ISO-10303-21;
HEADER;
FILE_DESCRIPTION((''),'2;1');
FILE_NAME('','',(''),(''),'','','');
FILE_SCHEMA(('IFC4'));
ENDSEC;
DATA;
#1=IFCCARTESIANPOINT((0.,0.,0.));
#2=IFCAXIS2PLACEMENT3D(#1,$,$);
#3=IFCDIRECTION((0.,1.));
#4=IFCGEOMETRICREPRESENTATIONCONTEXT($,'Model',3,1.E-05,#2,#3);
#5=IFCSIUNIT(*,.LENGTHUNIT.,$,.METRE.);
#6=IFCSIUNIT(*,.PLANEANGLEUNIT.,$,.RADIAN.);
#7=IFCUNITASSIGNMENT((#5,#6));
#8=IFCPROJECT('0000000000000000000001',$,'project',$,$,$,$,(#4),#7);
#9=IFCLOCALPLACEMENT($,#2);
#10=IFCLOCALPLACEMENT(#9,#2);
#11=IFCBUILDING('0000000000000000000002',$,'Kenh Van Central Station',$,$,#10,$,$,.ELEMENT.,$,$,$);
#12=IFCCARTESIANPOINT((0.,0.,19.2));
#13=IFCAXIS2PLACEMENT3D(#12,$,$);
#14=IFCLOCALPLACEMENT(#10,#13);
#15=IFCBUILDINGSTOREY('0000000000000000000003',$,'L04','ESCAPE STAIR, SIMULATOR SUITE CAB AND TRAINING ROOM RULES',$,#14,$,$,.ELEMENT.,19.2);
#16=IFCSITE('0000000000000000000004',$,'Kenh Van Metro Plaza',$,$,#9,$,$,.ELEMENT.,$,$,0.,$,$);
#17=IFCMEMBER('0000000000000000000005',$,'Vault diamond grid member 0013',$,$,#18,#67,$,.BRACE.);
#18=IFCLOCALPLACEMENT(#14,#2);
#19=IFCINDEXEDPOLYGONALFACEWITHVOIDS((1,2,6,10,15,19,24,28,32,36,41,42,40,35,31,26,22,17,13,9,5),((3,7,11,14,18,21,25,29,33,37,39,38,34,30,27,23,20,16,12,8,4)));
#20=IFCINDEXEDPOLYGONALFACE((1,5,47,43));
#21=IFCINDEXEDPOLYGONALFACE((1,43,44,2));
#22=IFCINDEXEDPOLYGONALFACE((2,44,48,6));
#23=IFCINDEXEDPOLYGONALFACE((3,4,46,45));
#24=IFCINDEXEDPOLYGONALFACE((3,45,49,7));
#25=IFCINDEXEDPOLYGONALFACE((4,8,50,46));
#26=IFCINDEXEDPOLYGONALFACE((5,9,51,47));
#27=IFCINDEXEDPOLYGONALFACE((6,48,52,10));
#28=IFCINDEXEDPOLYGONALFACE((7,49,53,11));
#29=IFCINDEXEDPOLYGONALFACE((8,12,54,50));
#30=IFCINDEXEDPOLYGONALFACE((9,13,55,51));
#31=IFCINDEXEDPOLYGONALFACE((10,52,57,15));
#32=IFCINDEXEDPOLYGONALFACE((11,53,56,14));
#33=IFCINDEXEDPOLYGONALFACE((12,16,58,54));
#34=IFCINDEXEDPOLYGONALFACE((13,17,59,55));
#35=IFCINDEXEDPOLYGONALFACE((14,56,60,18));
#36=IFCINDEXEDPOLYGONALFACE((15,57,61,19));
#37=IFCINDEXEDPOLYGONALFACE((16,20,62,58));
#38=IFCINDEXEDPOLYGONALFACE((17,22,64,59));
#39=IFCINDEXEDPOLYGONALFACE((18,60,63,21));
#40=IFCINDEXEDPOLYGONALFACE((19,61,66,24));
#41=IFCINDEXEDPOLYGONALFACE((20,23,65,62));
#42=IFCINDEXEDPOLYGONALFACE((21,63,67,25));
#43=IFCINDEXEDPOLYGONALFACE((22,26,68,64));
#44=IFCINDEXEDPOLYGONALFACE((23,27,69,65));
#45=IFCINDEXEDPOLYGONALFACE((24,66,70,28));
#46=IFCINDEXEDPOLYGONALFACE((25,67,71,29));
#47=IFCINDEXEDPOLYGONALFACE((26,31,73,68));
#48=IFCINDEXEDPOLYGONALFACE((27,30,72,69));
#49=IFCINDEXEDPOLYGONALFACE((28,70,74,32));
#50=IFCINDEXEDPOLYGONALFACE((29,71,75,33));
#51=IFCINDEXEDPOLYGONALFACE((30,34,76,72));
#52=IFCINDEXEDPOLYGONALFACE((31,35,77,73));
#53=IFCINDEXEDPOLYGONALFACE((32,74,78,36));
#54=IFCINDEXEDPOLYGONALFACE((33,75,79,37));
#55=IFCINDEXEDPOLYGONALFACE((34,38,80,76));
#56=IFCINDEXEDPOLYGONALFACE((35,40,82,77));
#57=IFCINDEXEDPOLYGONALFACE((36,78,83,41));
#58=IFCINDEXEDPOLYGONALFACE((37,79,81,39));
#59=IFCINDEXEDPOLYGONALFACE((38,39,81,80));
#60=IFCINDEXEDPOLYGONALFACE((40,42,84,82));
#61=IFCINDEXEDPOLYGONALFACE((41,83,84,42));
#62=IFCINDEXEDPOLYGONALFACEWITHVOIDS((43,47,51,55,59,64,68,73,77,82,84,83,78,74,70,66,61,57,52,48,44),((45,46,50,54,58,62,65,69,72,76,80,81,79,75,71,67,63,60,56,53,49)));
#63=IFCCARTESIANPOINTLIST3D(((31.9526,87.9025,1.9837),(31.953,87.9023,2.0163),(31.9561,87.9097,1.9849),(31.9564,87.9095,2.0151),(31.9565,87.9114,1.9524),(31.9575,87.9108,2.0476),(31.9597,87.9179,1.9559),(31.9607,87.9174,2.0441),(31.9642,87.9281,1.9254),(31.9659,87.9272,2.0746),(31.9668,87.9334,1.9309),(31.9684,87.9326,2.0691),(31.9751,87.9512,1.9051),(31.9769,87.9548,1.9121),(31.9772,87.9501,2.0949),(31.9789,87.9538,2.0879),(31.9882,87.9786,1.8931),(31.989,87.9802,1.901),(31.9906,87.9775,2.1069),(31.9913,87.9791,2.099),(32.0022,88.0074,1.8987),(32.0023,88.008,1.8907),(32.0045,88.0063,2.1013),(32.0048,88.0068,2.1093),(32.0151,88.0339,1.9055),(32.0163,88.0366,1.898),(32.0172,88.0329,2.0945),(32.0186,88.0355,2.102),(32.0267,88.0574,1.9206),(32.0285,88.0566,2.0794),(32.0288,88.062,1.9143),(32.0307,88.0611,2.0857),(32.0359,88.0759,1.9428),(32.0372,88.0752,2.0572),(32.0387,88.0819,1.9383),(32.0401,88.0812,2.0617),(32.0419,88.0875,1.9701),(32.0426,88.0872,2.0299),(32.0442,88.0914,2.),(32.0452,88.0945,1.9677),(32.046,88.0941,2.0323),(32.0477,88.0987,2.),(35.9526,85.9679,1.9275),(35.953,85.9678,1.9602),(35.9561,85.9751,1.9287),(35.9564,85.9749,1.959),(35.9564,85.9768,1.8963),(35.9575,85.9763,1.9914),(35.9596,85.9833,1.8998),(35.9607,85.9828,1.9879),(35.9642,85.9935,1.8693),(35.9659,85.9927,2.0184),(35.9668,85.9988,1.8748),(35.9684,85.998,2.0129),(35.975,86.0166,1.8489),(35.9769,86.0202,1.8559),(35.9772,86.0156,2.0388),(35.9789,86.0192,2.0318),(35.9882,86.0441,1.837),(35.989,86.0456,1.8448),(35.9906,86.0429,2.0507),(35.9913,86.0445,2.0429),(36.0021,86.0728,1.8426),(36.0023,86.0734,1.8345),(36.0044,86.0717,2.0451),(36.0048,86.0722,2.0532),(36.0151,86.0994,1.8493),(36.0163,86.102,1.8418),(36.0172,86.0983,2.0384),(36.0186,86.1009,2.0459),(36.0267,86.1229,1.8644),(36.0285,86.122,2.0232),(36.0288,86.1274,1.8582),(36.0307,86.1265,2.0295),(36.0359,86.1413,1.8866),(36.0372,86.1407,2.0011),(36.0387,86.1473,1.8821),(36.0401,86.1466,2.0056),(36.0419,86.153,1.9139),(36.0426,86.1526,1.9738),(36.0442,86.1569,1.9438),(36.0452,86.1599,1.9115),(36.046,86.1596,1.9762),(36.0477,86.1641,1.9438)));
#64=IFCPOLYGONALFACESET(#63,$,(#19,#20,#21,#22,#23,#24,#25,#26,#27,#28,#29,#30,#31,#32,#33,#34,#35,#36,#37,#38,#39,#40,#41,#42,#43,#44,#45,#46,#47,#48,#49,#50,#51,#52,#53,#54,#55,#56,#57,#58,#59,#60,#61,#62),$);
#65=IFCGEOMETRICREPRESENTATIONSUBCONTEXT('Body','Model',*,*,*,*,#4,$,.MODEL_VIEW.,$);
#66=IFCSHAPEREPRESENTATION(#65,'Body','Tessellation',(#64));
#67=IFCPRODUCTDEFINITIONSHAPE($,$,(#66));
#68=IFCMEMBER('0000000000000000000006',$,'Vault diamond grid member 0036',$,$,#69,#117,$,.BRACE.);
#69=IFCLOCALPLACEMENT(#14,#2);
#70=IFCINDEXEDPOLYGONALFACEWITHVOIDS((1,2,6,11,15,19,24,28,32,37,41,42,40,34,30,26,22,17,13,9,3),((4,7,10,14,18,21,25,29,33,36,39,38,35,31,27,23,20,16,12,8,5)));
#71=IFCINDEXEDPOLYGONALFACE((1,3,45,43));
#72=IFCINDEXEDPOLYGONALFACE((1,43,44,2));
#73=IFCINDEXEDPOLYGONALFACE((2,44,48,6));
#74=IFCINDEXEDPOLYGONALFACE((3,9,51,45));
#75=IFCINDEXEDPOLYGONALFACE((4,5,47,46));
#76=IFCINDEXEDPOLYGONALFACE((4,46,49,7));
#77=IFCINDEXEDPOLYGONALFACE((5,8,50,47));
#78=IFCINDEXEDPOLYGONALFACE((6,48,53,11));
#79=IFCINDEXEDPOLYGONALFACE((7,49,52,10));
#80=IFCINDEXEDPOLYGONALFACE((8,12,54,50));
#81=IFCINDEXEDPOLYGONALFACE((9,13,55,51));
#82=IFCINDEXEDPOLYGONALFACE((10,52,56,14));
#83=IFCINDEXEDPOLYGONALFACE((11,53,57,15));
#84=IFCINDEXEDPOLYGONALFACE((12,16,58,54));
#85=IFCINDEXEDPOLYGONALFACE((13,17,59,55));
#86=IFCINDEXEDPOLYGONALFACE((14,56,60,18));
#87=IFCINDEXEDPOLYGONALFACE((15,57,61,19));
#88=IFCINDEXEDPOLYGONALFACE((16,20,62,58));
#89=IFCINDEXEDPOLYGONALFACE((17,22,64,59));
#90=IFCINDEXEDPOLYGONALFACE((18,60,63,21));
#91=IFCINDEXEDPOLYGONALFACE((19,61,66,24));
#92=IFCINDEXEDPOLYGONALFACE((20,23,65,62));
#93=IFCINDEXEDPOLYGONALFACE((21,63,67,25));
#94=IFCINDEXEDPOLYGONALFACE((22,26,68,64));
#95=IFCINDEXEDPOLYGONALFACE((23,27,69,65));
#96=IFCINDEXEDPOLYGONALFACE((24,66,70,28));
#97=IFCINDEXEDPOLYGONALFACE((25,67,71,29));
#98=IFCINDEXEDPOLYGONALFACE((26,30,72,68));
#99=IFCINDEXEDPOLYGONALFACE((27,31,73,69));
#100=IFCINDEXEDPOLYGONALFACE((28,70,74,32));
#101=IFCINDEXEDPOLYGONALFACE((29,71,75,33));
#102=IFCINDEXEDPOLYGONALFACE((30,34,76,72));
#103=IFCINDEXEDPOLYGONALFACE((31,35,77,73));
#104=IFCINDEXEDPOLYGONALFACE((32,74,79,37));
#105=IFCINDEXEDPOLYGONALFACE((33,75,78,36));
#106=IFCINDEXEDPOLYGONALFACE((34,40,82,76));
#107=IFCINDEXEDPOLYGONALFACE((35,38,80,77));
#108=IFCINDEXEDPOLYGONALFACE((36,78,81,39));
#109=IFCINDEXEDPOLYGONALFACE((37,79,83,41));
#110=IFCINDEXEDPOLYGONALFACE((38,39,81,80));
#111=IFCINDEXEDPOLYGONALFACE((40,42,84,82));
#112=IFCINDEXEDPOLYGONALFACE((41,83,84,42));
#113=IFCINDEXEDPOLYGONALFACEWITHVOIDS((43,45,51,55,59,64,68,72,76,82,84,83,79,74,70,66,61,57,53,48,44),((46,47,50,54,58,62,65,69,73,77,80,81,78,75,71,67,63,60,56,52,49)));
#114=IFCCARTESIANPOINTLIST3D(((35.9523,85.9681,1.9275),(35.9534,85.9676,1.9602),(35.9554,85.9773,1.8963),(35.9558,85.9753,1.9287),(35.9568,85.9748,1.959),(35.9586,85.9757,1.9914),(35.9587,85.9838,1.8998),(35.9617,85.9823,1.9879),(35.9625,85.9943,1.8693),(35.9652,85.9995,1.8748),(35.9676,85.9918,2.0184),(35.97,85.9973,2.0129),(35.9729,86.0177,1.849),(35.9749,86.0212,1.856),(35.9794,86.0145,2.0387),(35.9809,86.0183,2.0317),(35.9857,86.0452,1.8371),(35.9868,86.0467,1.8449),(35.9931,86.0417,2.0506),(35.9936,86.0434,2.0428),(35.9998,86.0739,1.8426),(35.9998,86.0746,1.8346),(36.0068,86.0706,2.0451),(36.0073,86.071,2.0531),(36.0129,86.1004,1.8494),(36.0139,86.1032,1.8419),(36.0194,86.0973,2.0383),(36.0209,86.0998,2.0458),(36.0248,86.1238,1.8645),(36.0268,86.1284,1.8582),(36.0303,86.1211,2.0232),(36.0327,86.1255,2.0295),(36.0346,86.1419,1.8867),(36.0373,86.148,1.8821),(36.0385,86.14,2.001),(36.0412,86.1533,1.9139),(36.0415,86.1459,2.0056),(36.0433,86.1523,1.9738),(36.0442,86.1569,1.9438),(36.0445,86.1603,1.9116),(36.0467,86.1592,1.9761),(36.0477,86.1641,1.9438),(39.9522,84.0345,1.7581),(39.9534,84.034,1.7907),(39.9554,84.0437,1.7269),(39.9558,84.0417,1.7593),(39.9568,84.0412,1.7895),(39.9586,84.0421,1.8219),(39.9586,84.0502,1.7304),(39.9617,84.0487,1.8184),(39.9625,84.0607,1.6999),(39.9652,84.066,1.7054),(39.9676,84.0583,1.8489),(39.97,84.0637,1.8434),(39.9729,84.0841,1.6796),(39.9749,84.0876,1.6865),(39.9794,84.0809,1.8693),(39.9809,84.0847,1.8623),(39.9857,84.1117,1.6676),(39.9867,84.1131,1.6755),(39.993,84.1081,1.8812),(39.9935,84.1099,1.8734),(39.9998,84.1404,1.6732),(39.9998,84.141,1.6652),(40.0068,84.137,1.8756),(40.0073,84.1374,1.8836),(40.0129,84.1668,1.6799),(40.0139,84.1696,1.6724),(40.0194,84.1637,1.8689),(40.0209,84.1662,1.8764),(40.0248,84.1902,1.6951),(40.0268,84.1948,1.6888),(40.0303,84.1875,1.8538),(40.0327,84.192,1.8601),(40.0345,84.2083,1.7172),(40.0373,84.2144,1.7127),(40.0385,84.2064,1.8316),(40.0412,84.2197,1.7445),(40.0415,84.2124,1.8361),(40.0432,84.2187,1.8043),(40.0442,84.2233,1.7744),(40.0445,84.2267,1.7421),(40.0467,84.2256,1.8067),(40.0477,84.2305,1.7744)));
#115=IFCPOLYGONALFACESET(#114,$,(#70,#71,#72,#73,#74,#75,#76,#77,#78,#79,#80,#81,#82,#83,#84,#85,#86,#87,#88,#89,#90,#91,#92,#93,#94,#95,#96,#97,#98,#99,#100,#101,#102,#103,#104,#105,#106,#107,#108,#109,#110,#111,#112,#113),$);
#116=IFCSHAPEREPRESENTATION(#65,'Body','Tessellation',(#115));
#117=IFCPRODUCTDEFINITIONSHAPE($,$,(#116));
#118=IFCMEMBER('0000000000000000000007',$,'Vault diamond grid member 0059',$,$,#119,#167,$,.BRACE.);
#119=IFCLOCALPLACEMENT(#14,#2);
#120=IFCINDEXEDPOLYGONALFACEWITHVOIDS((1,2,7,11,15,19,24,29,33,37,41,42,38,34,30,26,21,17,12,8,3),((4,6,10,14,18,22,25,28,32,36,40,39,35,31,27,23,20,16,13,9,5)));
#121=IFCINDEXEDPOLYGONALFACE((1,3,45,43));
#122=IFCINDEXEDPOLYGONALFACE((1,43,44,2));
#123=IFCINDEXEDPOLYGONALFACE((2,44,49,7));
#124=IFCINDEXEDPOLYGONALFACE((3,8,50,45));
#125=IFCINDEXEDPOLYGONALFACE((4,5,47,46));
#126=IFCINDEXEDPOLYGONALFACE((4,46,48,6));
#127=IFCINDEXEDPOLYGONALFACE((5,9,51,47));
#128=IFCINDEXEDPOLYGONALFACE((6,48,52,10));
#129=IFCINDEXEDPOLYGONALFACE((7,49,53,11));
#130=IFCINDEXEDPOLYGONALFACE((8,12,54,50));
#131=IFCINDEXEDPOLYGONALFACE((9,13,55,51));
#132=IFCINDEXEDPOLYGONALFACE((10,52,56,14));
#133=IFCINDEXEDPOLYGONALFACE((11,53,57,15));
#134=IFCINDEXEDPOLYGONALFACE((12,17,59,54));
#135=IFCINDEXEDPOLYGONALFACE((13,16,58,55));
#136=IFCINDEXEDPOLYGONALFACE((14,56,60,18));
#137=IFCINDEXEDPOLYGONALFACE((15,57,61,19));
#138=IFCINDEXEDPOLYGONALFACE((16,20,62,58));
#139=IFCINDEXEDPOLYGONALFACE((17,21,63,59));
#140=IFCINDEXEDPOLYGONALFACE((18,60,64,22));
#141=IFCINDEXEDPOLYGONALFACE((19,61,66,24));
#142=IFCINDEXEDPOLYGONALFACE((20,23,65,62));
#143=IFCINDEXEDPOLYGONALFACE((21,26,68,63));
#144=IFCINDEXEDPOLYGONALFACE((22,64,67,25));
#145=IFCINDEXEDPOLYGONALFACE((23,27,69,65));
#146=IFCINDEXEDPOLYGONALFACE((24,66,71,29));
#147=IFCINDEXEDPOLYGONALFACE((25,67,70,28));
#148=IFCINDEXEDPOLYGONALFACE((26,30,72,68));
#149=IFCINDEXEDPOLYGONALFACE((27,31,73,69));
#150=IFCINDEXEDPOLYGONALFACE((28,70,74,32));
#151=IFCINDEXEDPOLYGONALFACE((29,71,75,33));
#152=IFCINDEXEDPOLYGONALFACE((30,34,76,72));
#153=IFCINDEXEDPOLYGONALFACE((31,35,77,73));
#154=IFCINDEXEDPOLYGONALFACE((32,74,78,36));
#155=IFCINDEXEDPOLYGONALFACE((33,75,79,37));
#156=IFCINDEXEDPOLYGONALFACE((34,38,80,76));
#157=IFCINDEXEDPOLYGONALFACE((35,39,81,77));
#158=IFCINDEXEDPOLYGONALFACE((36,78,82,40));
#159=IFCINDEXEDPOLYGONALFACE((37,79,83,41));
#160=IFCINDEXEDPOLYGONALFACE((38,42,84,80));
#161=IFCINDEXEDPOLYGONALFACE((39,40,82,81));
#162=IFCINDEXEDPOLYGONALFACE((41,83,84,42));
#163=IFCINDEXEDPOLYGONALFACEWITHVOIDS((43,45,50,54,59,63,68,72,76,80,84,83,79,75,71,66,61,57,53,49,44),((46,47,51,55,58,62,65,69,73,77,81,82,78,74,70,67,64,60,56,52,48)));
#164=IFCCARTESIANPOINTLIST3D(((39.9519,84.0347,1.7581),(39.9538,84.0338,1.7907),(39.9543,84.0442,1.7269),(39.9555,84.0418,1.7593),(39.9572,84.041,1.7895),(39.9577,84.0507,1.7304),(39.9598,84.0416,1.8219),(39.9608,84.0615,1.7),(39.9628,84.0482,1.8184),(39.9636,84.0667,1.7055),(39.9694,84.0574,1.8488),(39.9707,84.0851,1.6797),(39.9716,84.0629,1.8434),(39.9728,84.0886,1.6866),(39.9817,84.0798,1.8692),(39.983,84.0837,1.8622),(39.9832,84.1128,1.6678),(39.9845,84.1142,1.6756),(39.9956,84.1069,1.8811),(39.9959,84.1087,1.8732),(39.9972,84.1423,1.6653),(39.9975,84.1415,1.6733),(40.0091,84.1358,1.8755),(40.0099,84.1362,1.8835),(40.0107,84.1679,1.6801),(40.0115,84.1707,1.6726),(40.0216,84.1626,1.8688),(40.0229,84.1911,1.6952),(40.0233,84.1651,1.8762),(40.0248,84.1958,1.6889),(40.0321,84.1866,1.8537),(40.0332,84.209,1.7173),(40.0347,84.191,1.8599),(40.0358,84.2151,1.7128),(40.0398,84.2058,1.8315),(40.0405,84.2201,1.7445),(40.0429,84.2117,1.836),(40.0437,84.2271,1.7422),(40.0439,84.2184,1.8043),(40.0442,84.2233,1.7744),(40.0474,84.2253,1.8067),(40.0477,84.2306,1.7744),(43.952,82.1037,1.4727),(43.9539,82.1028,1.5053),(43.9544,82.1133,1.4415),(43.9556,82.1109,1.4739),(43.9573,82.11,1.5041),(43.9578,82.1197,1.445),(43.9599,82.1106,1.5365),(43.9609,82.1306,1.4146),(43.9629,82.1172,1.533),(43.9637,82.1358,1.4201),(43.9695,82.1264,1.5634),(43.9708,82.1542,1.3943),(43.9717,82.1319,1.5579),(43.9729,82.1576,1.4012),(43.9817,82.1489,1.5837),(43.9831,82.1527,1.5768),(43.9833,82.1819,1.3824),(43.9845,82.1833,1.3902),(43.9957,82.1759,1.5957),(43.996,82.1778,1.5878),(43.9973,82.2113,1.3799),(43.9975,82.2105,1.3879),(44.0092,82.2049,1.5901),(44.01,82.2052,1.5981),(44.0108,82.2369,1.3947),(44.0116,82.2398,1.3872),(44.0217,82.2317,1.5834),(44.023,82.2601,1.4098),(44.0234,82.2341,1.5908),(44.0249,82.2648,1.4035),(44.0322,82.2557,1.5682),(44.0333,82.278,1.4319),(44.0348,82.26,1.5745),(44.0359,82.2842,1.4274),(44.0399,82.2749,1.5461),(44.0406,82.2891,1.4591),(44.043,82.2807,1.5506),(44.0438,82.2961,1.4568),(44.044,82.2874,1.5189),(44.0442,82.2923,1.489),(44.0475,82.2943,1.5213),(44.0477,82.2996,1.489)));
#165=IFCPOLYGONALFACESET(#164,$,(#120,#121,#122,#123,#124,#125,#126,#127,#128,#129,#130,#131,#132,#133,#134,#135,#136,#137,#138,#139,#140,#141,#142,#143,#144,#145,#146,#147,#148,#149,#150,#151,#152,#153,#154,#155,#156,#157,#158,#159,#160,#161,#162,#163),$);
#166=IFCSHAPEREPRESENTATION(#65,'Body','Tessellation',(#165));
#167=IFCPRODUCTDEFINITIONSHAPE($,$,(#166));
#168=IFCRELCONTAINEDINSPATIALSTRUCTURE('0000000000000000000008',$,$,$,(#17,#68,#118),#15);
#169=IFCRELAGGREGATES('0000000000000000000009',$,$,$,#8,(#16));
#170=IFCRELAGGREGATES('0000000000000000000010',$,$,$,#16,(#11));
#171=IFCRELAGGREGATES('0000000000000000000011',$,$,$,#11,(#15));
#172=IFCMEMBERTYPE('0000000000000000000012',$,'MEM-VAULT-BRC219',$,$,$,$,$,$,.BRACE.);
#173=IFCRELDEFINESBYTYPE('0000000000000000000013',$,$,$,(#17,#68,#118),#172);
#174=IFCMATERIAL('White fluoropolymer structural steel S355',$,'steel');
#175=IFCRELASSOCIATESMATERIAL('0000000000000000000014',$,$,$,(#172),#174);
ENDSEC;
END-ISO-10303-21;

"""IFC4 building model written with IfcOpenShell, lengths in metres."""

from ifc_helpers import new_model, si_unit, direction, frame, origin, origin_2d, place, context, subcontext, project, spatial, hollow_circle, extrude, material, material_profile, profile_set, type_object, element, save


model = new_model("IFC4")

# Units and contexts
model_context = context("Model", 3, precision=1e-05, world=origin(), true_north=direction((0.0, 1.0)))
body_context = subcontext(model_context, "Body", "Model", "MODEL_VIEW")
ifc_project = project(units=[si_unit("LENGTHUNIT", "METRE"), si_unit("PLANEANGLEUNIT", "RADIAN")], contexts=[model_context])

# Site, building, storey
site_placement = place(None, origin())
site = spatial("IfcSite", under=ifc_project, at=site_placement, Name="Kenh Van Metro Plaza", CompositionType="ELEMENT", RefElevation=0.0)
building_placement = place(site_placement, origin())
building = spatial("IfcBuilding", under=site, at=building_placement, Name="Kenh Van Central Station", CompositionType="ELEMENT")
storey_placement = place(building_placement, frame((0.0, 0.0, 19.2)))
storey = spatial("IfcBuildingStorey", under=building, at=storey_placement, Name="L04", Description="ESCAPE STAIR, SIMULATOR SUITE CAB AND TRAINING ROOM RULES", CompositionType="ELEMENT", Elevation=19.2)

# Shared definitions
ifc_material_1 = material(Name="White fluoropolymer structural steel S355", Category="steel")

# Members
ifc_material_profile_1 = material_profile(ifc_material_1, hollow_circle(Radius=0.1096, WallThickness=0.0081, at=origin_2d()), Name="CHS 219.1x8")
ifc_profile_set_1 = profile_set([ifc_material_profile_1], Name="White fluoropolymer structural steel S355")
member_type_1 = type_object("IfcMemberType", Name="MEM-VAULT-BRC219", PredefinedType="BRACE", material=ifc_profile_set_1)
member_1_placement = place(storey_placement, frame((32.0, 88.0, 2.0), z_axis=(0.900168, -0.43536, -0.012637), x_axis=(0.435394, 0.90024, 0.0)))
element("IfcMember", 1, at=member_1_placement, inside=storey, type_object=member_type_1, Name="Vault diamond grid member 0013", PredefinedType="BRACE", context=body_context, shape_type="SweptSolid", body=[
    extrude(hollow_circle(Radius=0.1096, WallThickness=0.0081, at=origin_2d()), origin(), (0.0, 0.0, 1.0), 4.4436),
])
member_2_placement = place(storey_placement, frame((36.0, 86.0654, 1.9438), z_axis=(0.899672, -0.4349, -0.038109), x_axis=(0.435216, 0.900326, 0.0)))
element("IfcMember", 2, at=member_2_placement, inside=storey, type_object=member_type_1, Name="Vault diamond grid member 0036", PredefinedType="BRACE", context=body_context, shape_type="SweptSolid", body=[
    extrude(hollow_circle(Radius=0.1096, WallThickness=0.0081, at=origin_2d()), origin(), (0.0, 0.0, 1.0), 4.446),
])
member_3_placement = place(storey_placement, frame((40.0, 84.1318, 1.7744), z_axis=(0.898709, -0.433831, -0.064123), x_axis=(0.434726, 0.900563, 0.0)))
element("IfcMember", 3, at=member_3_placement, inside=storey, type_object=member_type_1, Name="Vault diamond grid member 0059", PredefinedType="BRACE", context=body_context, shape_type="SweptSolid", body=[
    extrude(hollow_circle(Radius=0.1096, WallThickness=0.0081, at=origin_2d()), origin(), (0.0, 0.0, 1.0), 4.4509),
])

save(model, "model.ifc")
